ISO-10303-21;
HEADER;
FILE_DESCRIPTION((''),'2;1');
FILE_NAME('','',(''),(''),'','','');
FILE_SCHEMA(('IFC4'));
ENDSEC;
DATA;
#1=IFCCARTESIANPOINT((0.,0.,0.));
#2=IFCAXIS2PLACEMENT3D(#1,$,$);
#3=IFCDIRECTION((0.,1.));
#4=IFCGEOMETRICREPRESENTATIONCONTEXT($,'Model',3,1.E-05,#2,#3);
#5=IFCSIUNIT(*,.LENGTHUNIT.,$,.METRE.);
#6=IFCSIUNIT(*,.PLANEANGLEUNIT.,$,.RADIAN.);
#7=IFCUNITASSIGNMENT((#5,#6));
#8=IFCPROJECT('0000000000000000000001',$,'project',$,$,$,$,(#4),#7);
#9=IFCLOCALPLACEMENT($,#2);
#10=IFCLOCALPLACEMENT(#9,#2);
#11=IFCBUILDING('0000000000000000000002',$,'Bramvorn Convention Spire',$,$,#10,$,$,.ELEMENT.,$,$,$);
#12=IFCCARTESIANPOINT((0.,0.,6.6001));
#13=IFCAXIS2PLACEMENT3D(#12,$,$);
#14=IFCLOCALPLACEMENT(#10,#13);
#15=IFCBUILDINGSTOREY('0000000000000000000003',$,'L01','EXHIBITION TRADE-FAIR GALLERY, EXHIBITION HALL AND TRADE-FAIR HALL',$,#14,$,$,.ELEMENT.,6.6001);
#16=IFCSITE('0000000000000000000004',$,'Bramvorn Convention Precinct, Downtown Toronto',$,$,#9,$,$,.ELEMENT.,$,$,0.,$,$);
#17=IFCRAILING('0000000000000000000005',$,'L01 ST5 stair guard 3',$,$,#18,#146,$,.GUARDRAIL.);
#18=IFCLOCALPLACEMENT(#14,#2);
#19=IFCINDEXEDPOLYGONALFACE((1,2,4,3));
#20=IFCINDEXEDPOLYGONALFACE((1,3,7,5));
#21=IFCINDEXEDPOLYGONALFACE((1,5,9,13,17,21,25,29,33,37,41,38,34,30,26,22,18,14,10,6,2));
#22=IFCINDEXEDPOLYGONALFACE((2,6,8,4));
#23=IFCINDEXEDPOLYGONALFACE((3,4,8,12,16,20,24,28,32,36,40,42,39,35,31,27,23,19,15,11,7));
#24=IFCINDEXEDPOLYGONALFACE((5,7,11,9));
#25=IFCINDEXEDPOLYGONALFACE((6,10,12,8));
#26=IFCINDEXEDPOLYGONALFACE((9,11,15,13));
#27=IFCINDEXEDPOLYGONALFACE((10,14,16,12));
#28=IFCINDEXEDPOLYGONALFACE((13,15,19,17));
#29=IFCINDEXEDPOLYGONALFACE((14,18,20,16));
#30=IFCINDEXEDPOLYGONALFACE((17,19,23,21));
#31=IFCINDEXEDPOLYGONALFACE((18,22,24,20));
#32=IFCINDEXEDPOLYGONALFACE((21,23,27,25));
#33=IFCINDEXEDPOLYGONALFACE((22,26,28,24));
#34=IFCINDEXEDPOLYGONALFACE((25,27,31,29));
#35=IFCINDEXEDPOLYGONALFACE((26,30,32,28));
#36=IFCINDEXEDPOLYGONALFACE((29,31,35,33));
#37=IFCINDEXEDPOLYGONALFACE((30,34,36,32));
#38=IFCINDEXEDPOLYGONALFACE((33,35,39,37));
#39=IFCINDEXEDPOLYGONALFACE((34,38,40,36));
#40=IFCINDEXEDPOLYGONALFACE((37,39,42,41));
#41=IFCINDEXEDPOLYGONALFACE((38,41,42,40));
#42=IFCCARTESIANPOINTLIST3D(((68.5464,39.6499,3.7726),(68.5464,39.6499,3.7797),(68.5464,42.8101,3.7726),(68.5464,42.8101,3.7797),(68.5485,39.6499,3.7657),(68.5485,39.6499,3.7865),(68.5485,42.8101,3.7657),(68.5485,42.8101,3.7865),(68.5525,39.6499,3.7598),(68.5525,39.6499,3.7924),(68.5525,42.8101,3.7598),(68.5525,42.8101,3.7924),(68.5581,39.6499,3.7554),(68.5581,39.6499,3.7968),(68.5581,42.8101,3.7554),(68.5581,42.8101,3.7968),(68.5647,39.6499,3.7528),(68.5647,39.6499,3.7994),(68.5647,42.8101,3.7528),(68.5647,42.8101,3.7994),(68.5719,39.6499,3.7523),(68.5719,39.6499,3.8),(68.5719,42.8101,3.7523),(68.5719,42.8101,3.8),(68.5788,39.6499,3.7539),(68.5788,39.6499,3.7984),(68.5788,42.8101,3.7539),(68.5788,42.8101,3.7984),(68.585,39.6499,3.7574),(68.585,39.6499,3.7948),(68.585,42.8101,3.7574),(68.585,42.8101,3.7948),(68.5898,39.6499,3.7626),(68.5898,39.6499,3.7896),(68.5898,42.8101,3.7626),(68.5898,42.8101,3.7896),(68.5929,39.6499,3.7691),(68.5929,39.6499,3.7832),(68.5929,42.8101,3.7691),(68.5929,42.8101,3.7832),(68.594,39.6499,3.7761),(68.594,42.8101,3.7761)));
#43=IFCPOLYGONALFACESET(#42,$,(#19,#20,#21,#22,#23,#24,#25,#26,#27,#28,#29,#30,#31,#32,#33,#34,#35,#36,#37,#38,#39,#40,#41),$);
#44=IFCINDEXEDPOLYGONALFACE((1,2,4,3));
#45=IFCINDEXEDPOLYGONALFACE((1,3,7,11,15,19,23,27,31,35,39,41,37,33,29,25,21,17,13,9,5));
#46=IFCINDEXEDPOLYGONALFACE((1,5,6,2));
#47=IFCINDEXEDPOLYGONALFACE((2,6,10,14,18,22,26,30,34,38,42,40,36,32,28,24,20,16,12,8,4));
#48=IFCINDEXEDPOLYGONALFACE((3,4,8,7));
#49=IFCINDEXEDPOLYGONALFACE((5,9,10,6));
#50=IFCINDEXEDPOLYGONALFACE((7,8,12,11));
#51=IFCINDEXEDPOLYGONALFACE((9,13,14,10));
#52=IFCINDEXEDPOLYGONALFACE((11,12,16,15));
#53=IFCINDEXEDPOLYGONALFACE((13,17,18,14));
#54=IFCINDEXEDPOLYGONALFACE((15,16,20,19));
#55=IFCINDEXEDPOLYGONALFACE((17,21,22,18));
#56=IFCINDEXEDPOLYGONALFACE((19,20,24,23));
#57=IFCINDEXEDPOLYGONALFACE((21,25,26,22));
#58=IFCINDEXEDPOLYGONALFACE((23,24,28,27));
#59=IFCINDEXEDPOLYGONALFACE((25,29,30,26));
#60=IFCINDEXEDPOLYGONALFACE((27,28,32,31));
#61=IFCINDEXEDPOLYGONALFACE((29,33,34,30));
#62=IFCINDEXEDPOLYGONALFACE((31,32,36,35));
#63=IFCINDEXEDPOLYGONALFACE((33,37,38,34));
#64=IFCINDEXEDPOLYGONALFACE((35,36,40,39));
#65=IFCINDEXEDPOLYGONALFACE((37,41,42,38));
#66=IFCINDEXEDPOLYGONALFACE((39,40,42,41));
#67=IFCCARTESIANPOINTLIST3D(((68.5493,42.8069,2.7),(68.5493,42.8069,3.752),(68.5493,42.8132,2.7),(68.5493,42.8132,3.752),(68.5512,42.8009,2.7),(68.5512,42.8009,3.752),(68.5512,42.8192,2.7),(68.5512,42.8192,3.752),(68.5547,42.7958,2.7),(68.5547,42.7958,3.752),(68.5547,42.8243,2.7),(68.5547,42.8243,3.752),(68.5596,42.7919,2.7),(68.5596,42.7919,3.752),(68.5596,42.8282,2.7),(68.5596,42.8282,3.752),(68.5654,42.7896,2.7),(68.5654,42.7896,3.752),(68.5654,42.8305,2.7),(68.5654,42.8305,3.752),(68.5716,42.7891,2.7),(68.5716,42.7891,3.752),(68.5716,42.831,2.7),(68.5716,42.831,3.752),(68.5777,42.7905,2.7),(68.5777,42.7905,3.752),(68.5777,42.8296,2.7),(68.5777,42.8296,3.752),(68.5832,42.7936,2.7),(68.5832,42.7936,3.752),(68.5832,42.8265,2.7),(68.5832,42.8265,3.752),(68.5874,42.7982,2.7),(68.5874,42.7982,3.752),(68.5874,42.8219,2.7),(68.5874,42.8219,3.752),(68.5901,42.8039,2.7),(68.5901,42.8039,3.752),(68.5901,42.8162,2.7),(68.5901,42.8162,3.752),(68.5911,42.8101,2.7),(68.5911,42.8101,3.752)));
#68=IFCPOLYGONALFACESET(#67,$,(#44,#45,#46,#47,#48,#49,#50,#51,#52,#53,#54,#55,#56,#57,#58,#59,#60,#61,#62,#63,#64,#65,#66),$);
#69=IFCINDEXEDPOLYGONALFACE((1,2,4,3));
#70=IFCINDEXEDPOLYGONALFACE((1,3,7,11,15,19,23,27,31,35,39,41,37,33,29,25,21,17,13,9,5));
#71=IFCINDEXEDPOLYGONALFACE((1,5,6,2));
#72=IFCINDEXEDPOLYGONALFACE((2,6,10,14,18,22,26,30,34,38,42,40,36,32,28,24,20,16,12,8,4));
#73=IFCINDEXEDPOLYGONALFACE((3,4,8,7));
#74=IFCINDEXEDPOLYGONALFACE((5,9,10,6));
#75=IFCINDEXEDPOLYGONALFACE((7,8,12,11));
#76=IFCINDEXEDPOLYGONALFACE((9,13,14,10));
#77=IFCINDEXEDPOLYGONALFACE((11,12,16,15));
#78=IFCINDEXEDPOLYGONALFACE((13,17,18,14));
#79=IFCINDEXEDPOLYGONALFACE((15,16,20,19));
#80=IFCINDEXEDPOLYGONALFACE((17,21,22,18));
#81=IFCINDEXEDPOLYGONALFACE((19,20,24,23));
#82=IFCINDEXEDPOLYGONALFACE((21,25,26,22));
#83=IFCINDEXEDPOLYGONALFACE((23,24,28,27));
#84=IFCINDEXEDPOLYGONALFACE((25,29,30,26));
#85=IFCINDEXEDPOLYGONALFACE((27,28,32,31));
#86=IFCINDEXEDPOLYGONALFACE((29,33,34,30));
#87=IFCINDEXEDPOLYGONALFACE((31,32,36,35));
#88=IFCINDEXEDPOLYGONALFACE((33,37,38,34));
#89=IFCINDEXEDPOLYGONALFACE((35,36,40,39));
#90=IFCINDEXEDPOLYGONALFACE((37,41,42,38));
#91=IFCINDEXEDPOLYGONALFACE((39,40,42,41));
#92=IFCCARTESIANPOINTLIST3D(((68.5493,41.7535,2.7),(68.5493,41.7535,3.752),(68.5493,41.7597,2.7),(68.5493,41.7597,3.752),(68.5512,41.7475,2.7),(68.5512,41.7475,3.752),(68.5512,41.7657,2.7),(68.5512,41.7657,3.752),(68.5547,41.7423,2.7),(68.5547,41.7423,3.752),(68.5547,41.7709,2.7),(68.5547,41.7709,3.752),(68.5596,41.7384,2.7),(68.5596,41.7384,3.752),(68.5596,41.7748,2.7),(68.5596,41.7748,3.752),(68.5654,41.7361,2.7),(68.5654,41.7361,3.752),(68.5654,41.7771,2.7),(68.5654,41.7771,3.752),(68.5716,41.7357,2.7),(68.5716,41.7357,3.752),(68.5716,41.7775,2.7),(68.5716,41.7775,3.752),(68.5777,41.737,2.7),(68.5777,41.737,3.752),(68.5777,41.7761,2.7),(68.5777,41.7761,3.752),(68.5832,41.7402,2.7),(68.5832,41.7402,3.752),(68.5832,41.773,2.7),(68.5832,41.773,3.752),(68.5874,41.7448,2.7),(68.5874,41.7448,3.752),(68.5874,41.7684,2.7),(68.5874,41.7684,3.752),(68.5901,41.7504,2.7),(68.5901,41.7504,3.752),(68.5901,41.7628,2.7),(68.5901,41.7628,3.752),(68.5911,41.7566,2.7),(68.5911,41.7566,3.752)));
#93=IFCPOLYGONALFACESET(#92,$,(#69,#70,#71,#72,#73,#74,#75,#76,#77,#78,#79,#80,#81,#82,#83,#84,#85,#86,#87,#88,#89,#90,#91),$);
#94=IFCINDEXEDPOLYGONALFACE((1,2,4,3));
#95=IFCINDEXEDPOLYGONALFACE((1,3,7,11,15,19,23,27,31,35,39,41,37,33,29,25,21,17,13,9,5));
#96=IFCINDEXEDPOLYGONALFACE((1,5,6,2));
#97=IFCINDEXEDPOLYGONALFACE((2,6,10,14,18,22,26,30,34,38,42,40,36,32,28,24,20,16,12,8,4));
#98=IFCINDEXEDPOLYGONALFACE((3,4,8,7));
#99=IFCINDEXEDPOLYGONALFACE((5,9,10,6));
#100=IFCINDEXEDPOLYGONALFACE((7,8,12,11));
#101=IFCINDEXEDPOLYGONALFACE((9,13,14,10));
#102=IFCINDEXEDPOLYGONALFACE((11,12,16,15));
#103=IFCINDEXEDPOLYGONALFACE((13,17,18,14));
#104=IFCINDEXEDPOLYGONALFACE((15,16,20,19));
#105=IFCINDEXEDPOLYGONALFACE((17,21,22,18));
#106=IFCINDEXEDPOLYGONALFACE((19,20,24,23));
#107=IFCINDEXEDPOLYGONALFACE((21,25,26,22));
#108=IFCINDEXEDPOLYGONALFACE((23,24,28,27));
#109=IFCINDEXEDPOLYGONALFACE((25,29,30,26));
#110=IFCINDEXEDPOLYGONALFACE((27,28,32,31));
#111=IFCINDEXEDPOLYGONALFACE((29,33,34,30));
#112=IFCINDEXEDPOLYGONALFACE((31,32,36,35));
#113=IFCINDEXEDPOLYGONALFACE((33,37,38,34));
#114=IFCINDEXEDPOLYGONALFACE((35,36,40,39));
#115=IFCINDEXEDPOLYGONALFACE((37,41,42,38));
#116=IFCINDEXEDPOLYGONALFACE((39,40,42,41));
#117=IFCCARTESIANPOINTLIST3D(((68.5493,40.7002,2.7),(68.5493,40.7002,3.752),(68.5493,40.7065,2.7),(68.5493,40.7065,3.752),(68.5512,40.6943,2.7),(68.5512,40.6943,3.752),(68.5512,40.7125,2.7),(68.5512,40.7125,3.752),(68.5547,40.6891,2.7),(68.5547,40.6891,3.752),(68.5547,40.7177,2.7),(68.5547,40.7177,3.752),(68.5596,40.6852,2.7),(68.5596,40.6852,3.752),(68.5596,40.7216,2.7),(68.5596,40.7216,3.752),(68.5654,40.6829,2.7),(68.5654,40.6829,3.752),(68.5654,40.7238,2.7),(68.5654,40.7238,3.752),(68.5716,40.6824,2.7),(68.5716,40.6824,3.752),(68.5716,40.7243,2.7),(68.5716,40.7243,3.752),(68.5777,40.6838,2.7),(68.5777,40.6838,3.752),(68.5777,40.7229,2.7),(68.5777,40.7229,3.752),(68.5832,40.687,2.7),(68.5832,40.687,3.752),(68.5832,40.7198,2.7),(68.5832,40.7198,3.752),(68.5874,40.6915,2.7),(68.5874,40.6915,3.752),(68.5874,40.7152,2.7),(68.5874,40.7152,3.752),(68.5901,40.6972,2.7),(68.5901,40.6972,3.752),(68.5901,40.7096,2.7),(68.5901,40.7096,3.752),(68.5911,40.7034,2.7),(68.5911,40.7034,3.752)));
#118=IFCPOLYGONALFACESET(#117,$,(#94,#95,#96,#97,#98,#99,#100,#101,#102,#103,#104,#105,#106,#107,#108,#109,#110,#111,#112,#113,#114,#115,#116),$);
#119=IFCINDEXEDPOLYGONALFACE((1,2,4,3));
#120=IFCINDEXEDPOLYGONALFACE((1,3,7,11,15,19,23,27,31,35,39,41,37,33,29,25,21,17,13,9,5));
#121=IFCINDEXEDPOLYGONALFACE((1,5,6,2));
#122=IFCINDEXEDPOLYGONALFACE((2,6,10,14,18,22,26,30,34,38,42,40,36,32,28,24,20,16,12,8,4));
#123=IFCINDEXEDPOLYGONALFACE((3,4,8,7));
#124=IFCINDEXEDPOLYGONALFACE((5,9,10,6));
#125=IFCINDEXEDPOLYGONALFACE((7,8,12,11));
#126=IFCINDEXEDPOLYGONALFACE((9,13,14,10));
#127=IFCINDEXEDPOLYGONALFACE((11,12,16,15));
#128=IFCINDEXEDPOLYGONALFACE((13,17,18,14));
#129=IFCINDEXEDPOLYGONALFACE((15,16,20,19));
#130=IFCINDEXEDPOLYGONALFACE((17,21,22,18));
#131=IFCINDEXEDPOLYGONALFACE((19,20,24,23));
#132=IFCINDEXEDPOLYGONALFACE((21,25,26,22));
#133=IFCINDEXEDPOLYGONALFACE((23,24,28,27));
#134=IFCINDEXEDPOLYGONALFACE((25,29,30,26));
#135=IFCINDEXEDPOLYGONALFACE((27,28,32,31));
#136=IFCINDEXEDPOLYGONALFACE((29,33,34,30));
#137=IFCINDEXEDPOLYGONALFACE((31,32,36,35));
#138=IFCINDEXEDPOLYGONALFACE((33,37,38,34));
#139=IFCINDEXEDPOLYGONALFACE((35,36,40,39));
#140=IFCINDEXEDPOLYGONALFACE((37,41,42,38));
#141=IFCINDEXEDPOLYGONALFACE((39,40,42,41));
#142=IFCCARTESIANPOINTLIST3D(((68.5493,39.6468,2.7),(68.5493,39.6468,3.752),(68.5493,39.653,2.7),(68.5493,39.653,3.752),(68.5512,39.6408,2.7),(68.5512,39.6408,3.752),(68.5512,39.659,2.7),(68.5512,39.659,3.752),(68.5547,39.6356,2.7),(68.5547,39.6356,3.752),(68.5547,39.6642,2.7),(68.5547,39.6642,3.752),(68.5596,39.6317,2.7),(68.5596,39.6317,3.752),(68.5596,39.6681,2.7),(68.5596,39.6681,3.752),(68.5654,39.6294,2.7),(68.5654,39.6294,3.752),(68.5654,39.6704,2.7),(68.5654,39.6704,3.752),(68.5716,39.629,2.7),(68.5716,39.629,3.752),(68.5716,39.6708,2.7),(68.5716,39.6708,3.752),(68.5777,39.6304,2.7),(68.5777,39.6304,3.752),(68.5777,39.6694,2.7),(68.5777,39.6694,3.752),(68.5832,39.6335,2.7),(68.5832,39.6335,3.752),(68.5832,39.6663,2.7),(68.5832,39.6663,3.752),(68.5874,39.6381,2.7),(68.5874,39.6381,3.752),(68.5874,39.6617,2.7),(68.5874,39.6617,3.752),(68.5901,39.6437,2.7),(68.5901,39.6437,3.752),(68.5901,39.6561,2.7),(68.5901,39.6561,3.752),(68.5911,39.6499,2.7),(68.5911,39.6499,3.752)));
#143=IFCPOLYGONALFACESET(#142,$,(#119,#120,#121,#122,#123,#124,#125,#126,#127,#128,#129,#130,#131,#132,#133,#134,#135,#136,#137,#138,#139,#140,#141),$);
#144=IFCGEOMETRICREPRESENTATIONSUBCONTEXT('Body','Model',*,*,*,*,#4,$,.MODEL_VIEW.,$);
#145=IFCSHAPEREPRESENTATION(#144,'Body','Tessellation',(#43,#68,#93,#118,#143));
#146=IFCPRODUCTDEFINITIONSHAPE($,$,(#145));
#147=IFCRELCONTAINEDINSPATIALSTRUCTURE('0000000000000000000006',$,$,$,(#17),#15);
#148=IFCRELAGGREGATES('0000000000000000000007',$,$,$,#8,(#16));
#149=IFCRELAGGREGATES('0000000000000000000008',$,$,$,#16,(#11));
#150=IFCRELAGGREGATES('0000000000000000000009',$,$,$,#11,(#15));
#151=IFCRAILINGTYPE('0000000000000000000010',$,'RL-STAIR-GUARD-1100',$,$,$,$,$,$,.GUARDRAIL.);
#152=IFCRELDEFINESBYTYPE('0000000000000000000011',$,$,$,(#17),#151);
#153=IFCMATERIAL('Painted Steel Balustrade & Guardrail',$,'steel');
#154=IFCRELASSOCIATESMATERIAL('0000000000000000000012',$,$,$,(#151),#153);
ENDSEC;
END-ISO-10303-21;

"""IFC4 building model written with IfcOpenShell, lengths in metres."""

from ifc_helpers import new_model, si_unit, direction, frame, origin, origin_2d, place, context, subcontext, project, spatial, circle, extrude, material, type_object, element, save


model = new_model("IFC4")

# Units and contexts
model_context = context("Model", 3, precision=1e-05, world=origin(), true_north=direction((0.0, 1.0)))
body_context = subcontext(model_context, "Body", "Model", "MODEL_VIEW")
ifc_project = project(units=[si_unit("LENGTHUNIT", "METRE"), si_unit("PLANEANGLEUNIT", "RADIAN")], contexts=[model_context])

# Site, building, storey
site_placement = place(None, origin())
site = spatial("IfcSite", under=ifc_project, at=site_placement, Name="Bramvorn Convention Precinct, Downtown Toronto", CompositionType="ELEMENT", RefElevation=0.0)
building_placement = place(site_placement, origin())
building = spatial("IfcBuilding", under=site, at=building_placement, Name="Bramvorn Convention Spire", CompositionType="ELEMENT")
storey_placement = place(building_placement, frame((0.0, 0.0, 6.6001)))
storey = spatial("IfcBuildingStorey", under=building, at=storey_placement, Name="L01", Description="EXHIBITION TRADE-FAIR GALLERY, EXHIBITION HALL AND TRADE-FAIR HALL", CompositionType="ELEMENT", Elevation=6.6001)

# Railing
ifc_material_1 = material(Name="Painted Steel Balustrade & Guardrail", Category="steel")
railing_type = type_object("IfcRailingType", Name="RL-STAIR-GUARD-1100", PredefinedType="GUARDRAIL", material=ifc_material_1)
for number, where, name in (
    (1, (68.5701, 42.8101, 2.7), "L01 ST5 stair guard 3"),
):
    element("IfcRailing", number, at=place(storey_placement, frame(where)), inside=storey, type_object=railing_type, Name=name, PredefinedType="GUARDRAIL", context=body_context, shape_type="SweptSolid", body=[
        extrude(circle(Radius=0.0239, at=origin_2d()), frame((0.0, 0.0, 1.0762), z_axis=(0.0, -1.0, 0.0), x_axis=(1.0, 0.0, 0.0)), (0.0, 0.0, 1.0), 3.1602),
        extrude(circle(Radius=0.021, at=origin_2d()), origin(), (0.0, 0.0, 1.0), 1.052),
        extrude(circle(Radius=0.021, at=origin_2d()), frame((0.0, -1.0535, 0.0)), (0.0, 0.0, 1.0), 1.052),
        extrude(circle(Radius=0.021, at=origin_2d()), frame((0.0, -2.1067, 0.0)), (0.0, 0.0, 1.0), 1.052),
        extrude(circle(Radius=0.021, at=origin_2d()), frame((0.0, -3.1602, 0.0)), (0.0, 0.0, 1.0), 1.052),
    ])

save(model, "model.ifc")
